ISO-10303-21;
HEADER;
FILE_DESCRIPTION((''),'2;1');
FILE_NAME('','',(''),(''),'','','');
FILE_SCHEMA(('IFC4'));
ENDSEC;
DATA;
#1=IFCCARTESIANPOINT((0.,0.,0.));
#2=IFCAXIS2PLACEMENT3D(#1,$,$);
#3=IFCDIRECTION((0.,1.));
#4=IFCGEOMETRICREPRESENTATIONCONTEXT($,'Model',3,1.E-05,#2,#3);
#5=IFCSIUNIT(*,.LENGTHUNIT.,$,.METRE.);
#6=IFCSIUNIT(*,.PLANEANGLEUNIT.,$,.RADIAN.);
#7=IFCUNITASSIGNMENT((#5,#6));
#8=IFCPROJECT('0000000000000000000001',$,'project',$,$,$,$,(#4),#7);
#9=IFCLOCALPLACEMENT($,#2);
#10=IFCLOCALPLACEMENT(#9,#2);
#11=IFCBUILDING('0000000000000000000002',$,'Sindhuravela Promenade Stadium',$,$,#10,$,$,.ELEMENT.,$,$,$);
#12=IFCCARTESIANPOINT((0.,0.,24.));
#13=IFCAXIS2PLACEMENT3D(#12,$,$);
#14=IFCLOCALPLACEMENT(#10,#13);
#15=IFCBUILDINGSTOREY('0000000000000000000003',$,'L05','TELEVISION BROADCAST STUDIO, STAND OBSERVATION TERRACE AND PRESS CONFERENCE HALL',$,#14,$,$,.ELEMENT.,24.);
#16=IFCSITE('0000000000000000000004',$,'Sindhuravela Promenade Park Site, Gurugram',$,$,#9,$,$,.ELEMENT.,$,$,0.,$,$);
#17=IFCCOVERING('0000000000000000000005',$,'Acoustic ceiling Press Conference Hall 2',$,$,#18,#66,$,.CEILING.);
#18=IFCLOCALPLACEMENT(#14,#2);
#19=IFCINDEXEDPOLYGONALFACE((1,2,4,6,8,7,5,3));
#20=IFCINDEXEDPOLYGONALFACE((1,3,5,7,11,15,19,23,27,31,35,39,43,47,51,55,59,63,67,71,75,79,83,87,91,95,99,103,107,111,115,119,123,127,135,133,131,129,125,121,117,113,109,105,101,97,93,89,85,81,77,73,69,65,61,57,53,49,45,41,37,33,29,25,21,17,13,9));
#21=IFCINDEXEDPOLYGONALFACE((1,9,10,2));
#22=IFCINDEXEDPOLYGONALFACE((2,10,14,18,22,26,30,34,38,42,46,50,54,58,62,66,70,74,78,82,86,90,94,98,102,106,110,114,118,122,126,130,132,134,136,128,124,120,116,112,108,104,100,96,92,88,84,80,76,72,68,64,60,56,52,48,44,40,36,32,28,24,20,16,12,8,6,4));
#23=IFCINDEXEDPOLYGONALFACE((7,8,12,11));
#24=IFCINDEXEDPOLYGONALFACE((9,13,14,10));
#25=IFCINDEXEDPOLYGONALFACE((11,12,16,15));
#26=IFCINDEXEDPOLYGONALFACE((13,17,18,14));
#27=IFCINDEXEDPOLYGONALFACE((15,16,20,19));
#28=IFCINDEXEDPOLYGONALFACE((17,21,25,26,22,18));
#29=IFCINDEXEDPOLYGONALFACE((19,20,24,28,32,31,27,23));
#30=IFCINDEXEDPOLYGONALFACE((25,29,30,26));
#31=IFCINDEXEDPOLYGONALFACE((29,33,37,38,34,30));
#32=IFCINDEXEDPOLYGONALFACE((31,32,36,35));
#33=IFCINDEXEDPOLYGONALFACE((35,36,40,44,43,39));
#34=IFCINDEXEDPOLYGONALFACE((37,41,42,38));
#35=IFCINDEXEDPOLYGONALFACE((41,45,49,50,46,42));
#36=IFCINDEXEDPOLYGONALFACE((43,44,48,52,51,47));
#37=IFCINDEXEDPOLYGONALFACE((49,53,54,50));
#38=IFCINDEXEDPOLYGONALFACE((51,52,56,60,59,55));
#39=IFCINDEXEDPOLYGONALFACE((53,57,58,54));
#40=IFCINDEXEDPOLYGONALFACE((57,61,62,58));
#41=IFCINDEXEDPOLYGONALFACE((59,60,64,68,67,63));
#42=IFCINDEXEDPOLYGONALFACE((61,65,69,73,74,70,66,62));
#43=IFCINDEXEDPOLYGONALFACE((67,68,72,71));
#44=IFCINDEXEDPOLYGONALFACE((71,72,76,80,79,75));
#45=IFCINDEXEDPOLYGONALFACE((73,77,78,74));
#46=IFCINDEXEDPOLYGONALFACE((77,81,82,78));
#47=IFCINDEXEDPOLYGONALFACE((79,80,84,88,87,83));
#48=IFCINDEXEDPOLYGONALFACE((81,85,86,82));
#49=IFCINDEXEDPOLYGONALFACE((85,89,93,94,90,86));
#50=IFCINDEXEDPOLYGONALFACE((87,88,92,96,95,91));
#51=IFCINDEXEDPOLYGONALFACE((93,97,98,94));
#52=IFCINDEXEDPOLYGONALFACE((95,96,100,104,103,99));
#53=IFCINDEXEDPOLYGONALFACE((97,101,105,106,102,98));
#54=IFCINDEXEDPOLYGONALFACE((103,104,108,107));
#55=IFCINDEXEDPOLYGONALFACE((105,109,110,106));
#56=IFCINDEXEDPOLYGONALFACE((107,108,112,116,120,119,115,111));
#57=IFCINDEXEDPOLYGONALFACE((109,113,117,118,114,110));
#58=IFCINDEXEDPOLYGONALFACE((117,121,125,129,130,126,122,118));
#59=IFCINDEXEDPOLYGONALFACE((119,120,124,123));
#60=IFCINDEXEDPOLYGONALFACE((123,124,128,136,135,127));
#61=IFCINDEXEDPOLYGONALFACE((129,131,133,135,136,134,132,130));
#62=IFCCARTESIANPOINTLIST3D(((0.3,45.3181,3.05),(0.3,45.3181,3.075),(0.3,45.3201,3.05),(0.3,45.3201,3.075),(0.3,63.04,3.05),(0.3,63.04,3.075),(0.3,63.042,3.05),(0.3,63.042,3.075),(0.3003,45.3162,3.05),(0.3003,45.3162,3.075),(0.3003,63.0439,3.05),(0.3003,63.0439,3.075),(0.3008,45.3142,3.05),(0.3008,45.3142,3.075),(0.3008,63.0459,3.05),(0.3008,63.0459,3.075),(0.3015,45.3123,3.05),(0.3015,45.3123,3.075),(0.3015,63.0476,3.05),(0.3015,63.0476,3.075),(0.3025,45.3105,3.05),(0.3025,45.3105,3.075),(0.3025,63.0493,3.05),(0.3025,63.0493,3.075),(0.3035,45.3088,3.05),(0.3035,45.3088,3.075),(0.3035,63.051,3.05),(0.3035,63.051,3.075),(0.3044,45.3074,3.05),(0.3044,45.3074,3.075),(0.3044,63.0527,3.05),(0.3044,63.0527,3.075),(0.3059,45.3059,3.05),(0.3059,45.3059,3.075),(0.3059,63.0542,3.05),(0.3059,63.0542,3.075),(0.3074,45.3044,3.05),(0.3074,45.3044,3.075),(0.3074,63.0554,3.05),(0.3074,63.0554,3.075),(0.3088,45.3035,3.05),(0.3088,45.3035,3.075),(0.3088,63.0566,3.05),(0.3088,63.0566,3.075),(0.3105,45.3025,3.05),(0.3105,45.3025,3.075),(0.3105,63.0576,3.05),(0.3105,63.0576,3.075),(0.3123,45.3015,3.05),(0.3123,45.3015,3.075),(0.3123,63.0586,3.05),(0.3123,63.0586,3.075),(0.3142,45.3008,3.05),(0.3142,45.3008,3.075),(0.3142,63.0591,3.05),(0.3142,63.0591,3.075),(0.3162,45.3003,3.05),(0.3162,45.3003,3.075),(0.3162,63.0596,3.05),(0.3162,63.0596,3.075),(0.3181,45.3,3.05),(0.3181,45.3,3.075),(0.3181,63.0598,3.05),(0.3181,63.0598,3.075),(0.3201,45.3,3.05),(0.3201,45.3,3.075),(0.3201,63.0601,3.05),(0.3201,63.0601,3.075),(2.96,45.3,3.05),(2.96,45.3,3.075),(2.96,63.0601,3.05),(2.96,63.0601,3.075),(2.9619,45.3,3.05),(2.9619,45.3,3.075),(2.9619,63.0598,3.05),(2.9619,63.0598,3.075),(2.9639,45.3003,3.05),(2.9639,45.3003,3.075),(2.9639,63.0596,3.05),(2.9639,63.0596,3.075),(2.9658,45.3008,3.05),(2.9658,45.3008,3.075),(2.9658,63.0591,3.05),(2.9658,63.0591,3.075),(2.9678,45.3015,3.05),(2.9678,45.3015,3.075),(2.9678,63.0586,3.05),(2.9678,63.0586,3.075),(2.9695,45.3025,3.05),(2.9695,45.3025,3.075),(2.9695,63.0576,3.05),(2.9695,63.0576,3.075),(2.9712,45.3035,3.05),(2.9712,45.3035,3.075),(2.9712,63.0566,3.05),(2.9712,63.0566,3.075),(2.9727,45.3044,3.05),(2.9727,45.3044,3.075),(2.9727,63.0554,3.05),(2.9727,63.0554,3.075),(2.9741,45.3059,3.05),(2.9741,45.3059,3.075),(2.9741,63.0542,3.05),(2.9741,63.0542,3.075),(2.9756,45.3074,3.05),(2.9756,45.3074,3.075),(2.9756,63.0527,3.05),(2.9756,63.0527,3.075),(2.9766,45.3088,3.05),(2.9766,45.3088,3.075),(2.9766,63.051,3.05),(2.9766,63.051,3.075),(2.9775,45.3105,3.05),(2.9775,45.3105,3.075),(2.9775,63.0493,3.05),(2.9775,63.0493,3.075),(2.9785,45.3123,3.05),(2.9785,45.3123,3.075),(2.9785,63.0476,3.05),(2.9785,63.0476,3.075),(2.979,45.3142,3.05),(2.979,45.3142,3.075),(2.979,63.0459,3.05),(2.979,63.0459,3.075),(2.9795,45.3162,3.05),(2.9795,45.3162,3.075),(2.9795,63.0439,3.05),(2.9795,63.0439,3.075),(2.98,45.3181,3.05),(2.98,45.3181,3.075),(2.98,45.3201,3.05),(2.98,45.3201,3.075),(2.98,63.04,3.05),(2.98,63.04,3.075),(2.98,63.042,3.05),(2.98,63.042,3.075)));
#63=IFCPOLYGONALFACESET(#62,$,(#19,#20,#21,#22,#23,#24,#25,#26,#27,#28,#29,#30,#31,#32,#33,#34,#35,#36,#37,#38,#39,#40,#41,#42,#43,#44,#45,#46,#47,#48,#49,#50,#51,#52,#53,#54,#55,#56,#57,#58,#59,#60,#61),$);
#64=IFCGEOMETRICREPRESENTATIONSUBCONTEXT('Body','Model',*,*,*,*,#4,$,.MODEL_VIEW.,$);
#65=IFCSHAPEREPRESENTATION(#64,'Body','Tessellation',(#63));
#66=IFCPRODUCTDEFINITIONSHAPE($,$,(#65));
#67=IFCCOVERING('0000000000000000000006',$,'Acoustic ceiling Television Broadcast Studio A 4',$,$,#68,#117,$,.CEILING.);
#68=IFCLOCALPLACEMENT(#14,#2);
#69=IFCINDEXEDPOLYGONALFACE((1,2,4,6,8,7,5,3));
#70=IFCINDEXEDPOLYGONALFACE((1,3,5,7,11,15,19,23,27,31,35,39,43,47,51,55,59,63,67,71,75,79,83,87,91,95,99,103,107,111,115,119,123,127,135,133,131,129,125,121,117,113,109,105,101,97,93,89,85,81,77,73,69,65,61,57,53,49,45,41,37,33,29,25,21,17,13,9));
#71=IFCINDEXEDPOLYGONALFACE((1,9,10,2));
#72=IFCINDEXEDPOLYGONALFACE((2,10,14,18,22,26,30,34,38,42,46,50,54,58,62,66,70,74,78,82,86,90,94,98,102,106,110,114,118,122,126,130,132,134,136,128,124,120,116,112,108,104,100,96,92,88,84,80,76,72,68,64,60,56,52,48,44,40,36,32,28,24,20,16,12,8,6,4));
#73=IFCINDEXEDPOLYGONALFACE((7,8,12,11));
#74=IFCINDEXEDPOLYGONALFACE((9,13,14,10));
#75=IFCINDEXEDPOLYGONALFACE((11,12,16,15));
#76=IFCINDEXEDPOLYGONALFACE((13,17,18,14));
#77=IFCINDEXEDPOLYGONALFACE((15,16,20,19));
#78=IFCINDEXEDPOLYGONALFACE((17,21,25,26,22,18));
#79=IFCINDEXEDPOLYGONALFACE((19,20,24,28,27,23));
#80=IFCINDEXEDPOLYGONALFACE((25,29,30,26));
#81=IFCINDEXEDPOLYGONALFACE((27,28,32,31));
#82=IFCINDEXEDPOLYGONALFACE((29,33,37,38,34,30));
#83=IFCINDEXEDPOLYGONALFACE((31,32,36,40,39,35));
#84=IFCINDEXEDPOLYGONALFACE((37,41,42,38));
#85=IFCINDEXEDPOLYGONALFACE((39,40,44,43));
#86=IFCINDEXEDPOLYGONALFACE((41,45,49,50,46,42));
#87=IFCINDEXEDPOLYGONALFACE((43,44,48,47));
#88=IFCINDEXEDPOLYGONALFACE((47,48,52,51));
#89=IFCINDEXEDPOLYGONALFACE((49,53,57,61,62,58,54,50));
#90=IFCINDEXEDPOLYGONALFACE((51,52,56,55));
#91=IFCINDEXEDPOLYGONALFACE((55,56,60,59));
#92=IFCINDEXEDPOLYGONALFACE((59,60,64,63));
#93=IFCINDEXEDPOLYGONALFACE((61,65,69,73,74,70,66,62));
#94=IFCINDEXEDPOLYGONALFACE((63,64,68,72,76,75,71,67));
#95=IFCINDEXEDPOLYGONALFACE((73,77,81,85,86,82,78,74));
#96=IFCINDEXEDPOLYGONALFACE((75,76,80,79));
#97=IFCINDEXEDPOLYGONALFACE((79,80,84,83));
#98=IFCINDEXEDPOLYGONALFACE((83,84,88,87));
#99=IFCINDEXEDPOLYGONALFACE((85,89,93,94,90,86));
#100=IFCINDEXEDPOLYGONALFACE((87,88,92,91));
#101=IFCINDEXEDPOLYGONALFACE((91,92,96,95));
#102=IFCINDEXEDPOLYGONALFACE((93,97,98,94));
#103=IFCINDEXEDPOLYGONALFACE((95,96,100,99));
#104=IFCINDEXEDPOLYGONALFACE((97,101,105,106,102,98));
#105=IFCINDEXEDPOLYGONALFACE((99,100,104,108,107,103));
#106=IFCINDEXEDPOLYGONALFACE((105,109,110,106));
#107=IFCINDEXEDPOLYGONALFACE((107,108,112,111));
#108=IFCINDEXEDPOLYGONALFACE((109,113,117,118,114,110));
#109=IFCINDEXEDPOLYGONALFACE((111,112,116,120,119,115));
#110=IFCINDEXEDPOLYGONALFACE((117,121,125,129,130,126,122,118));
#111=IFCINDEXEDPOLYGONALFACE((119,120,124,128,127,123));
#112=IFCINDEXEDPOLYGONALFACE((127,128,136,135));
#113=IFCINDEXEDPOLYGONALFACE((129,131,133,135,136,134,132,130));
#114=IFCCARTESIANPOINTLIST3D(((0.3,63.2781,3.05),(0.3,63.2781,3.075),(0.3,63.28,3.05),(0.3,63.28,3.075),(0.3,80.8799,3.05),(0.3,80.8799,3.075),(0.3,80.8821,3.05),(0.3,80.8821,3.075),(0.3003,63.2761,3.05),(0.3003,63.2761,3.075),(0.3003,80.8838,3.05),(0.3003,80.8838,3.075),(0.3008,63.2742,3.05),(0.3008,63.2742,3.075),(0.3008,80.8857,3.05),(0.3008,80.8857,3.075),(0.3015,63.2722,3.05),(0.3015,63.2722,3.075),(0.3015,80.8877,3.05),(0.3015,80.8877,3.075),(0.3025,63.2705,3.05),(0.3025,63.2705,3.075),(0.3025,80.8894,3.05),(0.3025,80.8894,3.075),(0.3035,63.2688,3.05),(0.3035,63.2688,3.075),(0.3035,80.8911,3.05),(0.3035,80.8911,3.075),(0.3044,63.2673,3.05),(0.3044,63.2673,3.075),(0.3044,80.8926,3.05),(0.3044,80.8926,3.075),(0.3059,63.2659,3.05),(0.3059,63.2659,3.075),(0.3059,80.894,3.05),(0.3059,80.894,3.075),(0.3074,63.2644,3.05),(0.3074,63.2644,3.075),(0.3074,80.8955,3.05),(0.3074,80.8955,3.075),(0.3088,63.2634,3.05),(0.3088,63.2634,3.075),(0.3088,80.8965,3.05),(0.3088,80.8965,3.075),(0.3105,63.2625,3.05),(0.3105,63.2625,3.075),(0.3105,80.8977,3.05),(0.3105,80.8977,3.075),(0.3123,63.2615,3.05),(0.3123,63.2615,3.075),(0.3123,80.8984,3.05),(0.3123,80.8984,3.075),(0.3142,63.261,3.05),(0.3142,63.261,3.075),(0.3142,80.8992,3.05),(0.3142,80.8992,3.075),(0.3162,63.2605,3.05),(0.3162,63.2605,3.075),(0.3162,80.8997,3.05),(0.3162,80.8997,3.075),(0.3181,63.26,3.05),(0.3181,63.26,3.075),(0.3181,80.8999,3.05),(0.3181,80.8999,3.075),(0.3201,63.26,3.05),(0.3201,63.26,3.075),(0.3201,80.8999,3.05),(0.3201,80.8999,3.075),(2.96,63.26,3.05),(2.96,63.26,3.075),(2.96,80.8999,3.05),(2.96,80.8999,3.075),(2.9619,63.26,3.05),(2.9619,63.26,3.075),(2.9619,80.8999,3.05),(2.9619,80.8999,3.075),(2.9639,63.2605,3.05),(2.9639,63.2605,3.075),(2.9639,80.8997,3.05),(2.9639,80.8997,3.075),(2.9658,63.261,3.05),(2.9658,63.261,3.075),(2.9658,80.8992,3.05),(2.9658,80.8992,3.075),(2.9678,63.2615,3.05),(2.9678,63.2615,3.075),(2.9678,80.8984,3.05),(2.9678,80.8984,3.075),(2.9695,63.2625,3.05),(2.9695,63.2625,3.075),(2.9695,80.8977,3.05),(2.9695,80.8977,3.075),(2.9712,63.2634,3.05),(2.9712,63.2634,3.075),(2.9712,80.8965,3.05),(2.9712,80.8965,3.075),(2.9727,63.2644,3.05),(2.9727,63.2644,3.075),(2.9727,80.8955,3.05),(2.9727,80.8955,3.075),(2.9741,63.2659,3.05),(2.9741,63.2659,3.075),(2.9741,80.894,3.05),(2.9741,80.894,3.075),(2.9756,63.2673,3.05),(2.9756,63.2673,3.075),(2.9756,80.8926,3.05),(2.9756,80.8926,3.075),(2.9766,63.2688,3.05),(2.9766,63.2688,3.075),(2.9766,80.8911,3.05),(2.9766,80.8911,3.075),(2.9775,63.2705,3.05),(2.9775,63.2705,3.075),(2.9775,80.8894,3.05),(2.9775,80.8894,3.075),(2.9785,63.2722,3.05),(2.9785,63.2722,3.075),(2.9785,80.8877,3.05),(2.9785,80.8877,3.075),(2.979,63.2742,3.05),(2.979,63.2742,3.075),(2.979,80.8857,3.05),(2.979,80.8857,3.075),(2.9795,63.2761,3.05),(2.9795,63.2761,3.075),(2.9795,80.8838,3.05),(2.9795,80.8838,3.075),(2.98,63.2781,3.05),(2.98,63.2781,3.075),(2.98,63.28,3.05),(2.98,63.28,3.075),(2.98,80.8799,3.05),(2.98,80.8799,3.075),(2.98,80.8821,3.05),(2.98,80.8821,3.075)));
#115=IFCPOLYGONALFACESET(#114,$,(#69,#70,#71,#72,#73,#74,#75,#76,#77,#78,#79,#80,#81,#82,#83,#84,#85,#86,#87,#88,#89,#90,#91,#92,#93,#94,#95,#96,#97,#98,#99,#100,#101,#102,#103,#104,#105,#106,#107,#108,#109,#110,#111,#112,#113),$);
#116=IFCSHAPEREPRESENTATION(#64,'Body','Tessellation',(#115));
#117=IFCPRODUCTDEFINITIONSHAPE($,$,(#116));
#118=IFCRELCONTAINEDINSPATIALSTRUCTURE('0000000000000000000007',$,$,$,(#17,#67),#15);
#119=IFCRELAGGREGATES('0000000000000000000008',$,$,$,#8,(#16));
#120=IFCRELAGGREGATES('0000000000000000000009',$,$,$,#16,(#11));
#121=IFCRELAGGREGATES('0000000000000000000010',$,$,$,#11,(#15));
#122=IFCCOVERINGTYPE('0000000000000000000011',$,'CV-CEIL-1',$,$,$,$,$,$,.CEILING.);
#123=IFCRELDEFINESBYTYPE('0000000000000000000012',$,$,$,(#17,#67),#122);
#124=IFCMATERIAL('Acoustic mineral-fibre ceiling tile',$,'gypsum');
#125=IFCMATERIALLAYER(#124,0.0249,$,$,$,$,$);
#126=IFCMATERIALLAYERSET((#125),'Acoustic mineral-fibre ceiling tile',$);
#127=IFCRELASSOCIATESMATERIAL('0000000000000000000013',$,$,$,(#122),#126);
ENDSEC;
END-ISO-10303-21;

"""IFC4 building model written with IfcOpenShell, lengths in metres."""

from ifc_helpers import new_model, si_unit, direction, frame, origin, place, context, subcontext, project, spatial, polyline, outline, extrude, material, layer, layer_set, type_object, element, save


model = new_model("IFC4")

# Units and contexts
model_context = context("Model", 3, precision=1e-05, world=origin(), true_north=direction((0.0, 1.0)))
body_context = subcontext(model_context, "Body", "Model", "MODEL_VIEW")
ifc_project = project(units=[si_unit("LENGTHUNIT", "METRE"), si_unit("PLANEANGLEUNIT", "RADIAN")], contexts=[model_context])

# Site, building, storey
site_placement = place(None, origin())
site = spatial("IfcSite", under=ifc_project, at=site_placement, Name="Sindhuravela Promenade Park Site, Gurugram", CompositionType="ELEMENT", RefElevation=0.0)
building_placement = place(site_placement, origin())
building = spatial("IfcBuilding", under=site, at=building_placement, Name="Sindhuravela Promenade Stadium", CompositionType="ELEMENT")
storey_placement = place(building_placement, frame((0.0, 0.0, 24.0)))
storey = spatial("IfcBuildingStorey", under=building, at=storey_placement, Name="L05", Description="TELEVISION BROADCAST STUDIO, STAND OBSERVATION TERRACE AND PRESS CONFERENCE HALL", CompositionType="ELEMENT", Elevation=24.0)

# Coverings
ifc_material_1 = material(Name="Acoustic mineral-fibre ceiling tile", Category="gypsum")
ifc_layer_1 = layer(ifc_material_1, 0.0249)
ifc_layer_set_1 = layer_set([ifc_layer_1], Name="Acoustic mineral-fibre ceiling tile")
covering_type_1 = type_object("IfcCoveringType", Name="CV-CEIL-1", PredefinedType="CEILING", material=ifc_layer_set_1)
covering_1_placement = place(storey_placement, frame((0.0, 0.0, 3.05)))
element("IfcCovering", 1, at=covering_1_placement, inside=storey, type_object=covering_type_1, Name="Acoustic ceiling Press Conference Hall 2", PredefinedType="CEILING", context=body_context, shape_type="SweptSolid", body=[
    extrude(outline(polyline([(2.98, 45.3201), (2.98, 45.3181), (2.9795, 45.3162), (2.979, 45.3142), (2.9785, 45.3123), (2.9775, 45.3105), (2.9766, 45.3088), (2.9756, 45.3074), (2.9741, 45.3059), (2.9727, 45.3044), (2.9712, 45.3035), (2.9695, 45.3025), (2.9678, 45.3015), (2.9658, 45.3008), (2.9639, 45.3003), (2.9619, 45.3), (2.96, 45.3), (0.3201, 45.3), (0.3181, 45.3), (0.3162, 45.3003), (0.3142, 45.3008), (0.3123, 45.3015), (0.3105, 45.3025), (0.3088, 45.3035), (0.3074, 45.3044), (0.3059, 45.3059), (0.3044, 45.3074), (0.3035, 45.3088), (0.3025, 45.3105), (0.3015, 45.3123), (0.3008, 45.3142), (0.3003, 45.3162), (0.3, 45.3181), (0.3, 45.3201), (0.3, 63.04), (0.3, 63.042), (0.3003, 63.0439), (0.3008, 63.0459), (0.3015, 63.0476), (0.3025, 63.0493), (0.3035, 63.051), (0.3044, 63.0527), (0.3059, 63.0542), (0.3074, 63.0554), (0.3088, 63.0566), (0.3105, 63.0576), (0.3123, 63.0586), (0.3142, 63.0591), (0.3162, 63.0596), (0.3181, 63.0598), (0.3201, 63.0601), (2.96, 63.0601), (2.9619, 63.0598), (2.9639, 63.0596), (2.9658, 63.0591), (2.9678, 63.0586), (2.9695, 63.0576), (2.9712, 63.0566), (2.9727, 63.0554), (2.9741, 63.0542), (2.9756, 63.0527), (2.9766, 63.051), (2.9775, 63.0493), (2.9785, 63.0476), (2.979, 63.0459), (2.9795, 63.0439), (2.98, 63.042), (2.98, 63.04), (2.98, 45.3201)])), origin(), (0.0, 0.0, 1.0), 0.0249),
])
covering_2_placement = place(storey_placement, frame((0.0, 0.0, 3.05)))
element("IfcCovering", 2, at=covering_2_placement, inside=storey, type_object=covering_type_1, Name="Acoustic ceiling Television Broadcast Studio A 4", PredefinedType="CEILING", context=body_context, shape_type="SweptSolid", body=[
    extrude(outline(polyline([(2.98, 63.28), (2.98, 63.2781), (2.9795, 63.2761), (2.979, 63.2742), (2.9785, 63.2722), (2.9775, 63.2705), (2.9766, 63.2688), (2.9756, 63.2673), (2.9741, 63.2659), (2.9727, 63.2644), (2.9712, 63.2634), (2.9695, 63.2625), (2.9678, 63.2615), (2.9658, 63.261), (2.9639, 63.2605), (2.9619, 63.26), (2.96, 63.26), (0.3201, 63.26), (0.3181, 63.26), (0.3162, 63.2605), (0.3142, 63.261), (0.3123, 63.2615), (0.3105, 63.2625), (0.3088, 63.2634), (0.3074, 63.2644), (0.3059, 63.2659), (0.3044, 63.2673), (0.3035, 63.2688), (0.3025, 63.2705), (0.3015, 63.2722), (0.3008, 63.2742), (0.3003, 63.2761), (0.3, 63.2781), (0.3, 63.28), (0.3, 80.8799), (0.3, 80.8821), (0.3003, 80.8838), (0.3008, 80.8857), (0.3015, 80.8877), (0.3025, 80.8894), (0.3035, 80.8911), (0.3044, 80.8926), (0.3059, 80.894), (0.3074, 80.8955), (0.3088, 80.8965), (0.3105, 80.8977), (0.3123, 80.8984), (0.3142, 80.8992), (0.3162, 80.8997), (0.3181, 80.8999), (0.3201, 80.8999), (2.96, 80.8999), (2.9619, 80.8999), (2.9639, 80.8997), (2.9658, 80.8992), (2.9678, 80.8984), (2.9695, 80.8977), (2.9712, 80.8965), (2.9727, 80.8955), (2.9741, 80.894), (2.9756, 80.8926), (2.9766, 80.8911), (2.9775, 80.8894), (2.9785, 80.8877), (2.979, 80.8857), (2.9795, 80.8838), (2.98, 80.8821), (2.98, 80.8799), (2.98, 63.28)])), origin(), (0.0, 0.0, 1.0), 0.0249),
])

save(model, "model.ifc")
